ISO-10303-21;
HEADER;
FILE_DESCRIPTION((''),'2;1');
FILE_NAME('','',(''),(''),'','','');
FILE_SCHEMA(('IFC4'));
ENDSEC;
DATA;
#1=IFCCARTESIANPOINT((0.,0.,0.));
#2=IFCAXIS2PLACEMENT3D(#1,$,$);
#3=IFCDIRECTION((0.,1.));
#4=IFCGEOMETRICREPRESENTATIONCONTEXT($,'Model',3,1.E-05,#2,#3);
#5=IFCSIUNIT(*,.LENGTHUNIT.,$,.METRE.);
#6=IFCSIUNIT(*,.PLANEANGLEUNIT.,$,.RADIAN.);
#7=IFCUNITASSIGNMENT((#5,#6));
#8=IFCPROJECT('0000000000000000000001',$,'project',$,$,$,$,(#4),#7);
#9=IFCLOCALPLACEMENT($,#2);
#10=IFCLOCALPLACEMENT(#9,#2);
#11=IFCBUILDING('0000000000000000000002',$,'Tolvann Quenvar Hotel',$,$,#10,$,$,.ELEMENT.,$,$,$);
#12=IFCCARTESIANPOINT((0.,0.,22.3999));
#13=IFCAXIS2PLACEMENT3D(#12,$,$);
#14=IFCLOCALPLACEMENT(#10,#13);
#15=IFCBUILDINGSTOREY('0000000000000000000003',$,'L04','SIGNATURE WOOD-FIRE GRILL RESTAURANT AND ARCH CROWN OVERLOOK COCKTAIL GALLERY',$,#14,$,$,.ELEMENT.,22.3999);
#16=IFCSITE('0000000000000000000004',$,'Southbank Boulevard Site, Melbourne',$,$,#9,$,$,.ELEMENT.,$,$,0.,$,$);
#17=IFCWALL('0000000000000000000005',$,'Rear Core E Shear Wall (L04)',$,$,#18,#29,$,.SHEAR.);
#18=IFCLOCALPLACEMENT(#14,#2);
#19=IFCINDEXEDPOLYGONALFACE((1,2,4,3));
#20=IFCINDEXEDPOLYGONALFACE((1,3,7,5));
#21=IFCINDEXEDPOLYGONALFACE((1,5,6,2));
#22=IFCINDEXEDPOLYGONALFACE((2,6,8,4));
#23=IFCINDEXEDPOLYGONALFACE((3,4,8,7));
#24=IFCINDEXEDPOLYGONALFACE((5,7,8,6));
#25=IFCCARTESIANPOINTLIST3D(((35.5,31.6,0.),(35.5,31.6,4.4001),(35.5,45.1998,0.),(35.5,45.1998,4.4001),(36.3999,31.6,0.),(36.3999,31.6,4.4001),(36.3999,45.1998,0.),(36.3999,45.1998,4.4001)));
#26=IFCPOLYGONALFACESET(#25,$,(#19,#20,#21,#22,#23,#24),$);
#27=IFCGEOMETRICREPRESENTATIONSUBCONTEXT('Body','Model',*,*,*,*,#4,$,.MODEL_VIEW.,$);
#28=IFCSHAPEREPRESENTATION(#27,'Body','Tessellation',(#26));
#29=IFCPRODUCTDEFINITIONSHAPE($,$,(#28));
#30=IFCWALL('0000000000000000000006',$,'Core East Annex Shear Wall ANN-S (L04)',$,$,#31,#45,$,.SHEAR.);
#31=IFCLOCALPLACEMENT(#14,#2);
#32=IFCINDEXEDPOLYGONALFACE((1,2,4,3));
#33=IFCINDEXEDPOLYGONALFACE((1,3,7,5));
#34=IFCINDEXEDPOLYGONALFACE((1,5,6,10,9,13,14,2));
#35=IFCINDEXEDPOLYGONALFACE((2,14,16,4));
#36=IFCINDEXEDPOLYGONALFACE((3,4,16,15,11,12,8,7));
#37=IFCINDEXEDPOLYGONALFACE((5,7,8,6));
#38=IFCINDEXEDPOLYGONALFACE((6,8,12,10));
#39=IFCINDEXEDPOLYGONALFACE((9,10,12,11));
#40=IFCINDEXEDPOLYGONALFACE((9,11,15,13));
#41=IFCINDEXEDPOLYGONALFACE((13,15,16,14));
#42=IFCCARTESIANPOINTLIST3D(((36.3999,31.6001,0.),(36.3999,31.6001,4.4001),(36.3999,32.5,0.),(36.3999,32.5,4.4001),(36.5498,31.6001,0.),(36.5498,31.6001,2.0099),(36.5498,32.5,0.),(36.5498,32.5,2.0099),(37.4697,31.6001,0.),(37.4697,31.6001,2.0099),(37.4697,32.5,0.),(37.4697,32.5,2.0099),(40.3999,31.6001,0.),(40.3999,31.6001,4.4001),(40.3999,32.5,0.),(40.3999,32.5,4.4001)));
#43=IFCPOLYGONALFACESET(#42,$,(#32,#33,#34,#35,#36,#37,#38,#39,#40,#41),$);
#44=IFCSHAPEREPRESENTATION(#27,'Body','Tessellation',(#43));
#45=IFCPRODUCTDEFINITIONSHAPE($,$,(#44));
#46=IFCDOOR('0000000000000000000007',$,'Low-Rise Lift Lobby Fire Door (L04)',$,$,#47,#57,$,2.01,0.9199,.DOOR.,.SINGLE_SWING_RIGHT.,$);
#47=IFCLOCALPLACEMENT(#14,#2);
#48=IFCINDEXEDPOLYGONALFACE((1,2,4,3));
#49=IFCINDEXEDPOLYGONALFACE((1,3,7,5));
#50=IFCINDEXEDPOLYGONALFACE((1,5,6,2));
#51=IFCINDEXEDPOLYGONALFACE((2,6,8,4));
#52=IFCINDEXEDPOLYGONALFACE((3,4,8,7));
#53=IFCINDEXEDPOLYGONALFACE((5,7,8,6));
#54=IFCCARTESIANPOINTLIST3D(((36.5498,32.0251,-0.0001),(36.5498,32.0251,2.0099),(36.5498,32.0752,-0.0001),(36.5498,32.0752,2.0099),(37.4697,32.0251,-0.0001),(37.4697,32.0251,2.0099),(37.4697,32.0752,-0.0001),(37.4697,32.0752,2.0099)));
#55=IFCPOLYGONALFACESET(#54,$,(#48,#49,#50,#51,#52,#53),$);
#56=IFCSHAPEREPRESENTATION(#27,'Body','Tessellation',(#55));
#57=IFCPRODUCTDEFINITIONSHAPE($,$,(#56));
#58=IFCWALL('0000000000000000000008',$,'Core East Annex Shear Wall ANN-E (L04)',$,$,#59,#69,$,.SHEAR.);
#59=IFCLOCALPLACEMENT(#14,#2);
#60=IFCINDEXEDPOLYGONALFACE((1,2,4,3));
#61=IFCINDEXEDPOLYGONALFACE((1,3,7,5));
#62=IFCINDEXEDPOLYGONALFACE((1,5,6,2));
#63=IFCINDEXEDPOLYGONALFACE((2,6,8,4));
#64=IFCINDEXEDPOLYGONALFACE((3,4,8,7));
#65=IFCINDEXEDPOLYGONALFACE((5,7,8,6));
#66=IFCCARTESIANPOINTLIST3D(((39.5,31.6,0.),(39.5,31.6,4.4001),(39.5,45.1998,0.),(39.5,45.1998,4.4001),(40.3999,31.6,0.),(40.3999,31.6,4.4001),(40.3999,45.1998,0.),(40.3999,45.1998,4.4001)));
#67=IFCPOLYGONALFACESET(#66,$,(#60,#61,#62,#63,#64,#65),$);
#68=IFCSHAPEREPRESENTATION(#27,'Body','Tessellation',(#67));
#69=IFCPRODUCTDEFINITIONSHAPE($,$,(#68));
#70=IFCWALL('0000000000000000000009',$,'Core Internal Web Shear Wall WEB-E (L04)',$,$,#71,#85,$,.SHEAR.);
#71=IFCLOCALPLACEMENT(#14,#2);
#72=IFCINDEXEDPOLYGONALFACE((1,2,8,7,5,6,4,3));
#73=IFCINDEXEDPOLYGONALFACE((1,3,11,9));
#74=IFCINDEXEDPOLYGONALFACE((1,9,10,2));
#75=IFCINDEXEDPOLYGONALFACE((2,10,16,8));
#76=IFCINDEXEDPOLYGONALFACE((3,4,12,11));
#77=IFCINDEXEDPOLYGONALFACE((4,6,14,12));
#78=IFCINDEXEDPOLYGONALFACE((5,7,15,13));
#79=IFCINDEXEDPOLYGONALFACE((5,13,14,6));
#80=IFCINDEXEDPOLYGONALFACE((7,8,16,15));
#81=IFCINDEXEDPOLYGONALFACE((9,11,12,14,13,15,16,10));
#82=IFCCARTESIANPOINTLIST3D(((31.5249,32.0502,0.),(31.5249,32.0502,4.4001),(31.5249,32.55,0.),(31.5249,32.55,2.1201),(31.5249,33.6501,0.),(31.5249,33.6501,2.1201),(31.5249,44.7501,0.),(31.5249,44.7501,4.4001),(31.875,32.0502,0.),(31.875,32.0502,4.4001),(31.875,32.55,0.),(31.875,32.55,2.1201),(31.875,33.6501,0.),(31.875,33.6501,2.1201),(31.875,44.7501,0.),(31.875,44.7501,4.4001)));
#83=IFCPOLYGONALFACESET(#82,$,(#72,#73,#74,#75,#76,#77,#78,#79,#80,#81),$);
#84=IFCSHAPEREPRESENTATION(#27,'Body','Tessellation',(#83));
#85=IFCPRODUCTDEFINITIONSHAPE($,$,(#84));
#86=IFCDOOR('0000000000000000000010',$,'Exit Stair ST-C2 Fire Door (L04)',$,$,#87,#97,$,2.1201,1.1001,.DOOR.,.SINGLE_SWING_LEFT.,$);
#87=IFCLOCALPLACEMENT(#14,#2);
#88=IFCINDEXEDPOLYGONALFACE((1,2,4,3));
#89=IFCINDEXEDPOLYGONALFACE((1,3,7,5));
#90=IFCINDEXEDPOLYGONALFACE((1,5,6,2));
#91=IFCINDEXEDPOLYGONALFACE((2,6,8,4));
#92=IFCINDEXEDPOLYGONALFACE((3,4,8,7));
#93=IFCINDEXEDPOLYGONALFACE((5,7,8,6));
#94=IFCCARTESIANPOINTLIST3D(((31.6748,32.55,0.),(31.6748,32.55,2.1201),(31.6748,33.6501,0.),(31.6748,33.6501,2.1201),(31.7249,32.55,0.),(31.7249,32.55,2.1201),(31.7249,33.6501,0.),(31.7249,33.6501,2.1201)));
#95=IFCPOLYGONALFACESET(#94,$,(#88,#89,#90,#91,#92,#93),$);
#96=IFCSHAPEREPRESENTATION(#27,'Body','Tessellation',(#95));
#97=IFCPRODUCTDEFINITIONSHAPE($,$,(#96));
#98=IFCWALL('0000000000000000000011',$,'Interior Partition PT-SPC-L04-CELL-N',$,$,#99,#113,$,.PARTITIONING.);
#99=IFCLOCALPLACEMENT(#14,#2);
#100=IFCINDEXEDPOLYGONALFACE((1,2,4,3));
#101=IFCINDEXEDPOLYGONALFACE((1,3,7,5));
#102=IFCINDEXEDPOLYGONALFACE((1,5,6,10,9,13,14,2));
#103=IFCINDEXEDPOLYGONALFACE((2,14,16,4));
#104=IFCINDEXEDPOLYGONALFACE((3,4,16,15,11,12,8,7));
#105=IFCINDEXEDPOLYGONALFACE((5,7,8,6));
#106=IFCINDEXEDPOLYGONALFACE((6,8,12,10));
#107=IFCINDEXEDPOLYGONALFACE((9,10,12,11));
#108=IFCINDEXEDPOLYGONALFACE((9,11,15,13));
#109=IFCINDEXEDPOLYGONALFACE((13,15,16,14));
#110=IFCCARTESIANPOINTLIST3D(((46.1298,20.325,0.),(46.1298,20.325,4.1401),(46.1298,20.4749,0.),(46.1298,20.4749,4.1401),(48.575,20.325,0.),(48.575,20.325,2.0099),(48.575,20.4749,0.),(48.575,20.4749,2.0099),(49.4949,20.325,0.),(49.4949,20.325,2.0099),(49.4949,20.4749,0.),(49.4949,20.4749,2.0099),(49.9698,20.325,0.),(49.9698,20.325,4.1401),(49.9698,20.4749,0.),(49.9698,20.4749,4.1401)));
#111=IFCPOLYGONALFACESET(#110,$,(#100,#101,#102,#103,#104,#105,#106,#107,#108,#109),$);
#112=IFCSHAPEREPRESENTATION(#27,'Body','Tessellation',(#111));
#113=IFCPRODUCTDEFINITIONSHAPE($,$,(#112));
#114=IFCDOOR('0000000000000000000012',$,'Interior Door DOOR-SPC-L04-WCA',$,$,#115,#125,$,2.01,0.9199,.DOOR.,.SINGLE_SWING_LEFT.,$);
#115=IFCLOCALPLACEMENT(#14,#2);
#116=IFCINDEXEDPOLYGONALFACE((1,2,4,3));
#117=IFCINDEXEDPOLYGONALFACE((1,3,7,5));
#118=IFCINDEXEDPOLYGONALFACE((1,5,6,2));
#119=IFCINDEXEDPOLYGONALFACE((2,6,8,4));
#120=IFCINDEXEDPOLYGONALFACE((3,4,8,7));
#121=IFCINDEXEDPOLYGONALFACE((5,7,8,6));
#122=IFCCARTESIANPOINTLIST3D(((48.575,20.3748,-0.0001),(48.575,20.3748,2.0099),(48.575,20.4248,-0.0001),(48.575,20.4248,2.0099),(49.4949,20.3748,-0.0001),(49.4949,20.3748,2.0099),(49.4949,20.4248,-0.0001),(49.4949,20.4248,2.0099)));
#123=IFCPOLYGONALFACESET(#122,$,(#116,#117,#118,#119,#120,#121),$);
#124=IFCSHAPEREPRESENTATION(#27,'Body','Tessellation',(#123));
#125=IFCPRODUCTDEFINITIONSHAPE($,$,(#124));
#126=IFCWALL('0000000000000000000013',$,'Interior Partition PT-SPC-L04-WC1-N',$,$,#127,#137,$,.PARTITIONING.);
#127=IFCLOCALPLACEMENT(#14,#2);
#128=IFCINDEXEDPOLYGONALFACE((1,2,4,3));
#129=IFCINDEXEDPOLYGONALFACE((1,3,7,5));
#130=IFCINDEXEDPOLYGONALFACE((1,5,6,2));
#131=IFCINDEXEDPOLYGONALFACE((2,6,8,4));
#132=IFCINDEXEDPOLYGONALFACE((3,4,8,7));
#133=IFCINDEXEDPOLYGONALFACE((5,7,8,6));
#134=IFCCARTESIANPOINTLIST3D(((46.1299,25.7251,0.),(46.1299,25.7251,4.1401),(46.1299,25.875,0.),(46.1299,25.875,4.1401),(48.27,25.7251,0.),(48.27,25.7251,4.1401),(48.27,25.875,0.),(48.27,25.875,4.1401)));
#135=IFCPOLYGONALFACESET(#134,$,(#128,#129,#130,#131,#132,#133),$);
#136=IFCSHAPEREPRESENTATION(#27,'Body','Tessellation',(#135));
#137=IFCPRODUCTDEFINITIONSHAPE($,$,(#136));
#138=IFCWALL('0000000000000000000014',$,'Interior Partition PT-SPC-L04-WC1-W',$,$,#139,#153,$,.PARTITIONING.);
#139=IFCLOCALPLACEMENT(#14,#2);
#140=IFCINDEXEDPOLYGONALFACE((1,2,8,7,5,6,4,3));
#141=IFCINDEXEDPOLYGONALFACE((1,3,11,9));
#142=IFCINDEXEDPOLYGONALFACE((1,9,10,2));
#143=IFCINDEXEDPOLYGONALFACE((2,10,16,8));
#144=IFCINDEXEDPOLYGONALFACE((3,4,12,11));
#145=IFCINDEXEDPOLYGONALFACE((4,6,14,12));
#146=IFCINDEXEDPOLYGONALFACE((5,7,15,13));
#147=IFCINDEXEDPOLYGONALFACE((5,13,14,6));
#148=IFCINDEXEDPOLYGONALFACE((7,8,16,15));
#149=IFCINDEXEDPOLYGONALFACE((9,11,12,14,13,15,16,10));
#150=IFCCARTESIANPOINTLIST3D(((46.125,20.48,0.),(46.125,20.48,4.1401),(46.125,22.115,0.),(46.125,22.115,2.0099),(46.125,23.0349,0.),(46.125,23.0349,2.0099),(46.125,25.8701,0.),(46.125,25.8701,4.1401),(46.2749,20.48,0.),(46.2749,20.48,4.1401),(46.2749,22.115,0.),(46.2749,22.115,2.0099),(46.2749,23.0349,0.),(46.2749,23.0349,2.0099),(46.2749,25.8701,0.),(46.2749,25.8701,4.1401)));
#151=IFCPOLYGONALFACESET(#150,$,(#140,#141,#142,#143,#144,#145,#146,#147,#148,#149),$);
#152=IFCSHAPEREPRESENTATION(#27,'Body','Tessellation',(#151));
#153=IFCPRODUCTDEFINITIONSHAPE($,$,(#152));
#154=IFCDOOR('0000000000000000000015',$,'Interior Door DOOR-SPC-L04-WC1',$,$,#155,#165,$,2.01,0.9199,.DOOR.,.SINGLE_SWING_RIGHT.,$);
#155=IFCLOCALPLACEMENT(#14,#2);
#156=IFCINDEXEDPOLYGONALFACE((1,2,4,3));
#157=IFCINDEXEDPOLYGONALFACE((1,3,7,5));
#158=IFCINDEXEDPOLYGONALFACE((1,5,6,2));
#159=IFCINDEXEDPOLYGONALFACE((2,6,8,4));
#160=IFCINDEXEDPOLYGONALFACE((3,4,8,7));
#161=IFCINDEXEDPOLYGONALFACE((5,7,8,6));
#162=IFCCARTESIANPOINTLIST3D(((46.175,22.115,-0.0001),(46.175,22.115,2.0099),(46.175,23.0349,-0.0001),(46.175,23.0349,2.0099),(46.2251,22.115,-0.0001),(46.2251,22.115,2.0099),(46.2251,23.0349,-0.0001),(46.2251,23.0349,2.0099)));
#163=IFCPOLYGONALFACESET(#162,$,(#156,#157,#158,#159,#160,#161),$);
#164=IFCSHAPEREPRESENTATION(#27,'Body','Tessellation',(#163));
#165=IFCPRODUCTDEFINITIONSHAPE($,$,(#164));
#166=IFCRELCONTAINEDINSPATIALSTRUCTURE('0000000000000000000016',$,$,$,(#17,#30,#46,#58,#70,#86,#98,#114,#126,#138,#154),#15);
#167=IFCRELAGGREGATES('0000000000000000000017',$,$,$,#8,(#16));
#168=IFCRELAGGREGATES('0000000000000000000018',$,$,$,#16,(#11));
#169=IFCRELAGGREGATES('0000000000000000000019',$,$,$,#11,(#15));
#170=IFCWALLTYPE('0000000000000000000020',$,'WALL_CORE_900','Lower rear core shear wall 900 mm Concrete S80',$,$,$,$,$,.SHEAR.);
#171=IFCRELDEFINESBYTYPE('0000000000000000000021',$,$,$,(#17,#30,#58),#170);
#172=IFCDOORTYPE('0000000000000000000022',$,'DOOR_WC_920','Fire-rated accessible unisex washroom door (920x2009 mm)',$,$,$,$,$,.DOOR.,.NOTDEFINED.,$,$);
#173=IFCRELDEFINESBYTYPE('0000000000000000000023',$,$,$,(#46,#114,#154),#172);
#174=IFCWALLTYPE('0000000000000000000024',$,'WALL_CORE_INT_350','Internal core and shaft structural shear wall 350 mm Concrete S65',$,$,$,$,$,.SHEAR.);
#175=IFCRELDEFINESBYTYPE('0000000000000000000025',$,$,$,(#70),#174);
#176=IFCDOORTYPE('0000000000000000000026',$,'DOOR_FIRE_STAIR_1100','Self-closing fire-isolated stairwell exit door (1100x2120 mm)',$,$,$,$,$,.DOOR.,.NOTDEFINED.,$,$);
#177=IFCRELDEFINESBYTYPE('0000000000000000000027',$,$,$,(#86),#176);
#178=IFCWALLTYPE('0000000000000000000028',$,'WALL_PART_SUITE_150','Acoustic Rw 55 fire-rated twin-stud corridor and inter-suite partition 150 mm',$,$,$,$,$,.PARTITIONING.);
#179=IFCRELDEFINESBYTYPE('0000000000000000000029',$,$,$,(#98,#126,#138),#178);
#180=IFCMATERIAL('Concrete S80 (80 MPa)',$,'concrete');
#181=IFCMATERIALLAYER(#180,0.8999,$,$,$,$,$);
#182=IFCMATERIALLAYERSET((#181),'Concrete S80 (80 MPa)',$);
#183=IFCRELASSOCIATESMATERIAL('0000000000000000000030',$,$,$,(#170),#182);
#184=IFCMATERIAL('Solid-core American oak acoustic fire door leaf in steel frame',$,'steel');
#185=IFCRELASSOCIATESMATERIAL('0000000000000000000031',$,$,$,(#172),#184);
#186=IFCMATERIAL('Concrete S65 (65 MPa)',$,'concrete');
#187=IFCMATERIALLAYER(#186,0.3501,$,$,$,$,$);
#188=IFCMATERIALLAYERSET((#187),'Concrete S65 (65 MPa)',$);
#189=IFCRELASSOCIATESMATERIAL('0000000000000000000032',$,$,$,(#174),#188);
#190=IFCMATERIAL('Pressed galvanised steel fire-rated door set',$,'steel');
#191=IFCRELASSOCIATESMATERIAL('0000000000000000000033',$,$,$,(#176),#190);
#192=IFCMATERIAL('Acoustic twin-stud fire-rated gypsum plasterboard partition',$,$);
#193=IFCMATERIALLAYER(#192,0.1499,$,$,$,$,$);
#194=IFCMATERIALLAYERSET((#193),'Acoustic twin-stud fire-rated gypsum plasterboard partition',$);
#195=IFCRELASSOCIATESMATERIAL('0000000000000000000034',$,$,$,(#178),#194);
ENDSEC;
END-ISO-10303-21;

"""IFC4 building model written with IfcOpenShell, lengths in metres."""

from ifc_helpers import new_model, si_unit, direction, frame, frame_2d, origin, place, context, subcontext, project, spatial, rectangle, extrude, source, transform, mapped, material, layer, layer_set, type_object, type_shapes, element, fill, save


model = new_model("IFC4")

# Units and contexts
model_context = context("Model", 3, precision=1e-05, world=origin(), true_north=direction((0.0, 1.0)))
body_context = subcontext(model_context, "Body", "Model", "MODEL_VIEW")
ifc_project = project(units=[si_unit("LENGTHUNIT", "METRE"), si_unit("PLANEANGLEUNIT", "RADIAN")], contexts=[model_context])

# Site, building, storey
site_placement = place(None, origin())
site = spatial("IfcSite", under=ifc_project, at=site_placement, Name="Southbank Boulevard Site, Melbourne", CompositionType="ELEMENT", RefElevation=0.0)
building_placement = place(site_placement, origin())
building = spatial("IfcBuilding", under=site, at=building_placement, Name="Tolvann Quenvar Hotel", CompositionType="ELEMENT")
storey_placement = place(building_placement, frame((0.0, 0.0, 22.3999)))
storey = spatial("IfcBuildingStorey", under=building, at=storey_placement, Name="L04", Description="SIGNATURE WOOD-FIRE GRILL RESTAURANT AND ARCH CROWN OVERLOOK COCKTAIL GALLERY", CompositionType="ELEMENT", Elevation=22.3999)

# Shared definitions
ifc_material_1 = material(Name="Concrete S80 (80 MPa)", Category="concrete")

# Wall
ifc_layer_1 = layer(ifc_material_1, 0.8999)
ifc_layer_set_1 = layer_set([ifc_layer_1], Name="Concrete S80 (80 MPa)")
wall_type_1 = type_object("IfcWallType", Name="WALL_CORE_900", Description="Lower rear core shear wall 900 mm Concrete S80", PredefinedType="SHEAR", material=ifc_layer_set_1)
wall_1_placement = place(storey_placement, frame((35.95, 31.6001, 0.0), z_axis=(0.0, 0.0, 1.0), x_axis=(0.0, 1.0, 0.0)))
element("IfcWall", 1, at=wall_1_placement, inside=storey, type_object=wall_type_1, Name="Rear Core E Shear Wall (L04)", PredefinedType="SHEAR", context=body_context, shape_type="SweptSolid", body=[
    extrude(rectangle(XDim=13.5999, YDim=0.8999, at=frame_2d((6.7998, 0.0))), origin(), (0.0, 0.0, 1.0), 4.4001),
])

# Wall, opening, door
wall_2_placement = place(storey_placement, frame((36.3999, 32.05, 0.0), z_axis=(0.0, 0.0, 1.0), x_axis=(1.0, 0.0, 0.0)))
wall_2 = element("IfcWall", 2, at=wall_2_placement, inside=storey, type_object=wall_type_1, Name="Core East Annex Shear Wall ANN-S (L04)", PredefinedType="SHEAR", context=body_context, shape_type="SweptSolid", body=[
    extrude(rectangle(XDim=4.0, YDim=0.8999, at=frame_2d((2.0, 0.0))), origin(), (0.0, 0.0, 1.0), 4.4001),
])
opening_1_placement = place(wall_2_placement, frame((1.0698, 0.0, 0.0), z_axis=(0.0, 0.0, 1.0), x_axis=(-1.0, 0.0, 0.0)))
opening_1 = element("IfcOpeningElement", 3, at=opening_1_placement, cuts=wall_2, PredefinedType="OPENING", context=body_context, shape_type="SweptSolid", body=[
    extrude(rectangle(XDim=0.9199, YDim=2.01, at=frame_2d((0.46, 1.0049))), frame((0.0, 0.46, 0.0), z_axis=(0.0, -1.0, 0.0), x_axis=(1.0, 0.0, 0.0)), (0.0, 0.0, 1.0), 0.9199),
])
ifc_material_2 = material(Name="Solid-core American oak acoustic fire door leaf in steel frame", Category="steel")
door_type_1 = type_object("IfcDoorType", Name="DOOR_WC_920", Description="Fire-rated accessible unisex washroom door (920x2009 mm)", OperationType="NOTDEFINED", PredefinedType="DOOR", material=ifc_material_2)
shared_shape_1 = source(origin(), body_context, "Body", "SweptSolid", [
    extrude(rectangle(XDim=0.9199, YDim=2.01, at=frame_2d((0.46, 1.0049))), frame((0.0, 0.0249, 0.0), z_axis=(0.0, -1.0, 0.0), x_axis=(1.0, 0.0, 0.0)), (0.0, 0.0, 1.0), 0.05),
])
type_shapes(door_type_1, [shared_shape_1])
door_1_placement = place(opening_1_placement, origin())
door_1 = element("IfcDoor", 4, at=door_1_placement, inside=storey, type_object=door_type_1, Name="Low-Rise Lift Lobby Fire Door (L04)", OperationType="SINGLE_SWING_RIGHT", OverallHeight=2.01, OverallWidth=0.9199, PredefinedType="DOOR", context=body_context, shape_type="MappedRepresentation", body=[
    mapped(shared_shape_1, transform((0.0, 0.0, 0.0), x_axis=(1.0, 0.0, 0.0), y_axis=(0.0, 1.0, 0.0), z_axis=(0.0, 0.0, 1.0), scale=1.0)),
])
fill(opening_1, door_1)

# Wall
wall_3_placement = place(storey_placement, frame((39.95, 31.6001, 0.0), z_axis=(0.0, 0.0, 1.0), x_axis=(0.0, 1.0, 0.0)))
element("IfcWall", 5, at=wall_3_placement, inside=storey, type_object=wall_type_1, Name="Core East Annex Shear Wall ANN-E (L04)", PredefinedType="SHEAR", context=body_context, shape_type="SweptSolid", body=[
    extrude(rectangle(XDim=13.5999, YDim=0.8999, at=frame_2d((6.7998, 0.0))), origin(), (0.0, 0.0, 1.0), 4.4001),
])

# Walls, openings, doors
ifc_material_3 = material(Name="Concrete S65 (65 MPa)", Category="concrete")
ifc_layer_2 = layer(ifc_material_3, 0.3501)
ifc_layer_set_2 = layer_set([ifc_layer_2], Name="Concrete S65 (65 MPa)")
wall_type_2 = type_object("IfcWallType", Name="WALL_CORE_INT_350", Description="Internal core and shaft structural shear wall 350 mm Concrete S65", PredefinedType="SHEAR", material=ifc_layer_set_2)
wall_4_placement = place(storey_placement, frame((31.7, 32.05, 0.0), z_axis=(0.0, 0.0, 1.0), x_axis=(0.0, 1.0, 0.0)))
wall_4 = element("IfcWall", 6, at=wall_4_placement, inside=storey, type_object=wall_type_2, Name="Core Internal Web Shear Wall WEB-E (L04)", PredefinedType="SHEAR", context=body_context, shape_type="SweptSolid", body=[
    extrude(rectangle(XDim=12.7, YDim=0.3501, at=frame_2d((6.3501, 0.0))), origin(), (0.0, 0.0, 1.0), 4.4001),
])
opening_2_placement = place(wall_4_placement, frame((1.6001, 0.0, 0.0), z_axis=(0.0, 0.0, 1.0), x_axis=(-1.0, 0.0, 0.0)))
opening_2 = element("IfcOpeningElement", 7, at=opening_2_placement, cuts=wall_4, PredefinedType="OPENING", context=body_context, shape_type="SweptSolid", body=[
    extrude(rectangle(XDim=1.1001, YDim=2.1201, at=frame_2d((0.55, 1.0601))), frame((0.0, 0.1851, 0.0), z_axis=(0.0, -1.0, 0.0), x_axis=(1.0, 0.0, 0.0)), (0.0, 0.0, 1.0), 0.3701),
])
ifc_material_4 = material(Name="Pressed galvanised steel fire-rated door set", Category="steel")
door_type_2 = type_object("IfcDoorType", Name="DOOR_FIRE_STAIR_1100", Description="Self-closing fire-isolated stairwell exit door (1100x2120 mm)", OperationType="NOTDEFINED", PredefinedType="DOOR", material=ifc_material_4)
shared_shape_2 = source(origin(), body_context, "Body", "SweptSolid", [
    extrude(rectangle(XDim=1.1001, YDim=2.1201, at=frame_2d((0.55, 1.0601))), frame((0.0, 0.0249, 0.0), z_axis=(0.0, -1.0, 0.0), x_axis=(1.0, 0.0, 0.0)), (0.0, 0.0, 1.0), 0.05),
])
type_shapes(door_type_2, [shared_shape_2])
door_2_placement = place(opening_2_placement, origin())
door_2 = element("IfcDoor", 8, at=door_2_placement, inside=storey, type_object=door_type_2, Name="Exit Stair ST-C2 Fire Door (L04)", OperationType="SINGLE_SWING_LEFT", OverallHeight=2.1201, OverallWidth=1.1001, PredefinedType="DOOR", context=body_context, shape_type="MappedRepresentation", body=[
    mapped(shared_shape_2, transform((0.0, 0.0, 0.0), x_axis=(1.0, 0.0, 0.0), y_axis=(0.0, 1.0, 0.0), z_axis=(0.0, 0.0, 1.0), scale=1.0)),
])
fill(opening_2, door_2)
ifc_material_5 = material(Name="Acoustic twin-stud fire-rated gypsum plasterboard partition")
ifc_layer_3 = layer(ifc_material_5, 0.1499)
ifc_layer_set_3 = layer_set([ifc_layer_3], Name="Acoustic twin-stud fire-rated gypsum plasterboard partition")
wall_type_3 = type_object("IfcWallType", Name="WALL_PART_SUITE_150", Description="Acoustic Rw 55 fire-rated twin-stud corridor and inter-suite partition 150 mm", PredefinedType="PARTITIONING", material=ifc_layer_set_3)
wall_5_placement = place(storey_placement, frame((46.1299, 20.3999, 0.0), z_axis=(0.0, 0.0, 1.0), x_axis=(1.0, 0.0, 0.0)))
wall_5 = element("IfcWall", 9, at=wall_5_placement, inside=storey, type_object=wall_type_3, Name="Interior Partition PT-SPC-L04-CELL-N", PredefinedType="PARTITIONING", context=body_context, shape_type="SweptSolid", body=[
    extrude(rectangle(XDim=3.8401, YDim=0.1499, at=frame_2d((1.9199, 0.0))), origin(), (0.0, 0.0, 1.0), 4.1401),
])
opening_3_placement = place(wall_5_placement, frame((2.4451, 0.0, 0.0)))
opening_3 = element("IfcOpeningElement", 10, at=opening_3_placement, cuts=wall_5, PredefinedType="OPENING", context=body_context, shape_type="SweptSolid", body=[
    extrude(rectangle(XDim=0.9199, YDim=2.01, at=frame_2d((0.46, 1.0049))), frame((0.0, 0.085, 0.0), z_axis=(0.0, -1.0, 0.0), x_axis=(1.0, 0.0, 0.0)), (0.0, 0.0, 1.0), 0.1699),
])
door_3_placement = place(opening_3_placement, origin())
door_3 = element("IfcDoor", 11, at=door_3_placement, inside=storey, type_object=door_type_1, Name="Interior Door DOOR-SPC-L04-WCA", OperationType="SINGLE_SWING_LEFT", OverallHeight=2.01, OverallWidth=0.9199, PredefinedType="DOOR", context=body_context, shape_type="MappedRepresentation", body=[
    mapped(shared_shape_1, transform((0.0, 0.0, 0.0), x_axis=(1.0, 0.0, 0.0), y_axis=(0.0, 1.0, 0.0), z_axis=(0.0, 0.0, 1.0), scale=1.0)),
])
fill(opening_3, door_3)

# Wall
wall_6_placement = place(storey_placement, frame((46.1299, 25.8, 0.0), z_axis=(0.0, 0.0, 1.0), x_axis=(1.0, 0.0, 0.0)))
element("IfcWall", 12, at=wall_6_placement, inside=storey, type_object=wall_type_3, Name="Interior Partition PT-SPC-L04-WC1-N", PredefinedType="PARTITIONING", context=body_context, shape_type="SweptSolid", body=[
    extrude(rectangle(XDim=2.1401, YDim=0.1499, at=frame_2d((1.0701, 0.0))), origin(), (0.0, 0.0, 1.0), 4.1401),
])

# Wall, opening, door
wall_7_placement = place(storey_placement, frame((46.2, 20.48, 0.0), z_axis=(0.0, 0.0, 1.0), x_axis=(0.0, 1.0, 0.0)))
wall_7 = element("IfcWall", 13, at=wall_7_placement, inside=storey, type_object=wall_type_3, Name="Interior Partition PT-SPC-L04-WC1-W", PredefinedType="PARTITIONING", context=body_context, shape_type="SweptSolid", body=[
    extrude(rectangle(XDim=5.3901, YDim=0.1499, at=frame_2d((2.6951, 0.0))), origin(), (0.0, 0.0, 1.0), 4.1401),
])
opening_4_placement = place(wall_7_placement, frame((1.635, 0.0, 0.0)))
opening_4 = element("IfcOpeningElement", 14, at=opening_4_placement, cuts=wall_7, PredefinedType="OPENING", context=body_context, shape_type="SweptSolid", body=[
    extrude(rectangle(XDim=0.9199, YDim=2.01, at=frame_2d((0.46, 1.0049))), frame((0.0, 0.085, 0.0), z_axis=(0.0, -1.0, 0.0), x_axis=(1.0, 0.0, 0.0)), (0.0, 0.0, 1.0), 0.1699),
])
door_4_placement = place(opening_4_placement, origin())
door_4 = element("IfcDoor", 15, at=door_4_placement, inside=storey, type_object=door_type_1, Name="Interior Door DOOR-SPC-L04-WC1", OperationType="SINGLE_SWING_RIGHT", OverallHeight=2.01, OverallWidth=0.9199, PredefinedType="DOOR", context=body_context, shape_type="MappedRepresentation", body=[
    mapped(shared_shape_1, transform((0.0, 0.0, 0.0), x_axis=(1.0, 0.0, 0.0), y_axis=(0.0, 1.0, 0.0), z_axis=(0.0, 0.0, 1.0), scale=1.0)),
])
fill(opening_4, door_4)

save(model, "model.ifc")
